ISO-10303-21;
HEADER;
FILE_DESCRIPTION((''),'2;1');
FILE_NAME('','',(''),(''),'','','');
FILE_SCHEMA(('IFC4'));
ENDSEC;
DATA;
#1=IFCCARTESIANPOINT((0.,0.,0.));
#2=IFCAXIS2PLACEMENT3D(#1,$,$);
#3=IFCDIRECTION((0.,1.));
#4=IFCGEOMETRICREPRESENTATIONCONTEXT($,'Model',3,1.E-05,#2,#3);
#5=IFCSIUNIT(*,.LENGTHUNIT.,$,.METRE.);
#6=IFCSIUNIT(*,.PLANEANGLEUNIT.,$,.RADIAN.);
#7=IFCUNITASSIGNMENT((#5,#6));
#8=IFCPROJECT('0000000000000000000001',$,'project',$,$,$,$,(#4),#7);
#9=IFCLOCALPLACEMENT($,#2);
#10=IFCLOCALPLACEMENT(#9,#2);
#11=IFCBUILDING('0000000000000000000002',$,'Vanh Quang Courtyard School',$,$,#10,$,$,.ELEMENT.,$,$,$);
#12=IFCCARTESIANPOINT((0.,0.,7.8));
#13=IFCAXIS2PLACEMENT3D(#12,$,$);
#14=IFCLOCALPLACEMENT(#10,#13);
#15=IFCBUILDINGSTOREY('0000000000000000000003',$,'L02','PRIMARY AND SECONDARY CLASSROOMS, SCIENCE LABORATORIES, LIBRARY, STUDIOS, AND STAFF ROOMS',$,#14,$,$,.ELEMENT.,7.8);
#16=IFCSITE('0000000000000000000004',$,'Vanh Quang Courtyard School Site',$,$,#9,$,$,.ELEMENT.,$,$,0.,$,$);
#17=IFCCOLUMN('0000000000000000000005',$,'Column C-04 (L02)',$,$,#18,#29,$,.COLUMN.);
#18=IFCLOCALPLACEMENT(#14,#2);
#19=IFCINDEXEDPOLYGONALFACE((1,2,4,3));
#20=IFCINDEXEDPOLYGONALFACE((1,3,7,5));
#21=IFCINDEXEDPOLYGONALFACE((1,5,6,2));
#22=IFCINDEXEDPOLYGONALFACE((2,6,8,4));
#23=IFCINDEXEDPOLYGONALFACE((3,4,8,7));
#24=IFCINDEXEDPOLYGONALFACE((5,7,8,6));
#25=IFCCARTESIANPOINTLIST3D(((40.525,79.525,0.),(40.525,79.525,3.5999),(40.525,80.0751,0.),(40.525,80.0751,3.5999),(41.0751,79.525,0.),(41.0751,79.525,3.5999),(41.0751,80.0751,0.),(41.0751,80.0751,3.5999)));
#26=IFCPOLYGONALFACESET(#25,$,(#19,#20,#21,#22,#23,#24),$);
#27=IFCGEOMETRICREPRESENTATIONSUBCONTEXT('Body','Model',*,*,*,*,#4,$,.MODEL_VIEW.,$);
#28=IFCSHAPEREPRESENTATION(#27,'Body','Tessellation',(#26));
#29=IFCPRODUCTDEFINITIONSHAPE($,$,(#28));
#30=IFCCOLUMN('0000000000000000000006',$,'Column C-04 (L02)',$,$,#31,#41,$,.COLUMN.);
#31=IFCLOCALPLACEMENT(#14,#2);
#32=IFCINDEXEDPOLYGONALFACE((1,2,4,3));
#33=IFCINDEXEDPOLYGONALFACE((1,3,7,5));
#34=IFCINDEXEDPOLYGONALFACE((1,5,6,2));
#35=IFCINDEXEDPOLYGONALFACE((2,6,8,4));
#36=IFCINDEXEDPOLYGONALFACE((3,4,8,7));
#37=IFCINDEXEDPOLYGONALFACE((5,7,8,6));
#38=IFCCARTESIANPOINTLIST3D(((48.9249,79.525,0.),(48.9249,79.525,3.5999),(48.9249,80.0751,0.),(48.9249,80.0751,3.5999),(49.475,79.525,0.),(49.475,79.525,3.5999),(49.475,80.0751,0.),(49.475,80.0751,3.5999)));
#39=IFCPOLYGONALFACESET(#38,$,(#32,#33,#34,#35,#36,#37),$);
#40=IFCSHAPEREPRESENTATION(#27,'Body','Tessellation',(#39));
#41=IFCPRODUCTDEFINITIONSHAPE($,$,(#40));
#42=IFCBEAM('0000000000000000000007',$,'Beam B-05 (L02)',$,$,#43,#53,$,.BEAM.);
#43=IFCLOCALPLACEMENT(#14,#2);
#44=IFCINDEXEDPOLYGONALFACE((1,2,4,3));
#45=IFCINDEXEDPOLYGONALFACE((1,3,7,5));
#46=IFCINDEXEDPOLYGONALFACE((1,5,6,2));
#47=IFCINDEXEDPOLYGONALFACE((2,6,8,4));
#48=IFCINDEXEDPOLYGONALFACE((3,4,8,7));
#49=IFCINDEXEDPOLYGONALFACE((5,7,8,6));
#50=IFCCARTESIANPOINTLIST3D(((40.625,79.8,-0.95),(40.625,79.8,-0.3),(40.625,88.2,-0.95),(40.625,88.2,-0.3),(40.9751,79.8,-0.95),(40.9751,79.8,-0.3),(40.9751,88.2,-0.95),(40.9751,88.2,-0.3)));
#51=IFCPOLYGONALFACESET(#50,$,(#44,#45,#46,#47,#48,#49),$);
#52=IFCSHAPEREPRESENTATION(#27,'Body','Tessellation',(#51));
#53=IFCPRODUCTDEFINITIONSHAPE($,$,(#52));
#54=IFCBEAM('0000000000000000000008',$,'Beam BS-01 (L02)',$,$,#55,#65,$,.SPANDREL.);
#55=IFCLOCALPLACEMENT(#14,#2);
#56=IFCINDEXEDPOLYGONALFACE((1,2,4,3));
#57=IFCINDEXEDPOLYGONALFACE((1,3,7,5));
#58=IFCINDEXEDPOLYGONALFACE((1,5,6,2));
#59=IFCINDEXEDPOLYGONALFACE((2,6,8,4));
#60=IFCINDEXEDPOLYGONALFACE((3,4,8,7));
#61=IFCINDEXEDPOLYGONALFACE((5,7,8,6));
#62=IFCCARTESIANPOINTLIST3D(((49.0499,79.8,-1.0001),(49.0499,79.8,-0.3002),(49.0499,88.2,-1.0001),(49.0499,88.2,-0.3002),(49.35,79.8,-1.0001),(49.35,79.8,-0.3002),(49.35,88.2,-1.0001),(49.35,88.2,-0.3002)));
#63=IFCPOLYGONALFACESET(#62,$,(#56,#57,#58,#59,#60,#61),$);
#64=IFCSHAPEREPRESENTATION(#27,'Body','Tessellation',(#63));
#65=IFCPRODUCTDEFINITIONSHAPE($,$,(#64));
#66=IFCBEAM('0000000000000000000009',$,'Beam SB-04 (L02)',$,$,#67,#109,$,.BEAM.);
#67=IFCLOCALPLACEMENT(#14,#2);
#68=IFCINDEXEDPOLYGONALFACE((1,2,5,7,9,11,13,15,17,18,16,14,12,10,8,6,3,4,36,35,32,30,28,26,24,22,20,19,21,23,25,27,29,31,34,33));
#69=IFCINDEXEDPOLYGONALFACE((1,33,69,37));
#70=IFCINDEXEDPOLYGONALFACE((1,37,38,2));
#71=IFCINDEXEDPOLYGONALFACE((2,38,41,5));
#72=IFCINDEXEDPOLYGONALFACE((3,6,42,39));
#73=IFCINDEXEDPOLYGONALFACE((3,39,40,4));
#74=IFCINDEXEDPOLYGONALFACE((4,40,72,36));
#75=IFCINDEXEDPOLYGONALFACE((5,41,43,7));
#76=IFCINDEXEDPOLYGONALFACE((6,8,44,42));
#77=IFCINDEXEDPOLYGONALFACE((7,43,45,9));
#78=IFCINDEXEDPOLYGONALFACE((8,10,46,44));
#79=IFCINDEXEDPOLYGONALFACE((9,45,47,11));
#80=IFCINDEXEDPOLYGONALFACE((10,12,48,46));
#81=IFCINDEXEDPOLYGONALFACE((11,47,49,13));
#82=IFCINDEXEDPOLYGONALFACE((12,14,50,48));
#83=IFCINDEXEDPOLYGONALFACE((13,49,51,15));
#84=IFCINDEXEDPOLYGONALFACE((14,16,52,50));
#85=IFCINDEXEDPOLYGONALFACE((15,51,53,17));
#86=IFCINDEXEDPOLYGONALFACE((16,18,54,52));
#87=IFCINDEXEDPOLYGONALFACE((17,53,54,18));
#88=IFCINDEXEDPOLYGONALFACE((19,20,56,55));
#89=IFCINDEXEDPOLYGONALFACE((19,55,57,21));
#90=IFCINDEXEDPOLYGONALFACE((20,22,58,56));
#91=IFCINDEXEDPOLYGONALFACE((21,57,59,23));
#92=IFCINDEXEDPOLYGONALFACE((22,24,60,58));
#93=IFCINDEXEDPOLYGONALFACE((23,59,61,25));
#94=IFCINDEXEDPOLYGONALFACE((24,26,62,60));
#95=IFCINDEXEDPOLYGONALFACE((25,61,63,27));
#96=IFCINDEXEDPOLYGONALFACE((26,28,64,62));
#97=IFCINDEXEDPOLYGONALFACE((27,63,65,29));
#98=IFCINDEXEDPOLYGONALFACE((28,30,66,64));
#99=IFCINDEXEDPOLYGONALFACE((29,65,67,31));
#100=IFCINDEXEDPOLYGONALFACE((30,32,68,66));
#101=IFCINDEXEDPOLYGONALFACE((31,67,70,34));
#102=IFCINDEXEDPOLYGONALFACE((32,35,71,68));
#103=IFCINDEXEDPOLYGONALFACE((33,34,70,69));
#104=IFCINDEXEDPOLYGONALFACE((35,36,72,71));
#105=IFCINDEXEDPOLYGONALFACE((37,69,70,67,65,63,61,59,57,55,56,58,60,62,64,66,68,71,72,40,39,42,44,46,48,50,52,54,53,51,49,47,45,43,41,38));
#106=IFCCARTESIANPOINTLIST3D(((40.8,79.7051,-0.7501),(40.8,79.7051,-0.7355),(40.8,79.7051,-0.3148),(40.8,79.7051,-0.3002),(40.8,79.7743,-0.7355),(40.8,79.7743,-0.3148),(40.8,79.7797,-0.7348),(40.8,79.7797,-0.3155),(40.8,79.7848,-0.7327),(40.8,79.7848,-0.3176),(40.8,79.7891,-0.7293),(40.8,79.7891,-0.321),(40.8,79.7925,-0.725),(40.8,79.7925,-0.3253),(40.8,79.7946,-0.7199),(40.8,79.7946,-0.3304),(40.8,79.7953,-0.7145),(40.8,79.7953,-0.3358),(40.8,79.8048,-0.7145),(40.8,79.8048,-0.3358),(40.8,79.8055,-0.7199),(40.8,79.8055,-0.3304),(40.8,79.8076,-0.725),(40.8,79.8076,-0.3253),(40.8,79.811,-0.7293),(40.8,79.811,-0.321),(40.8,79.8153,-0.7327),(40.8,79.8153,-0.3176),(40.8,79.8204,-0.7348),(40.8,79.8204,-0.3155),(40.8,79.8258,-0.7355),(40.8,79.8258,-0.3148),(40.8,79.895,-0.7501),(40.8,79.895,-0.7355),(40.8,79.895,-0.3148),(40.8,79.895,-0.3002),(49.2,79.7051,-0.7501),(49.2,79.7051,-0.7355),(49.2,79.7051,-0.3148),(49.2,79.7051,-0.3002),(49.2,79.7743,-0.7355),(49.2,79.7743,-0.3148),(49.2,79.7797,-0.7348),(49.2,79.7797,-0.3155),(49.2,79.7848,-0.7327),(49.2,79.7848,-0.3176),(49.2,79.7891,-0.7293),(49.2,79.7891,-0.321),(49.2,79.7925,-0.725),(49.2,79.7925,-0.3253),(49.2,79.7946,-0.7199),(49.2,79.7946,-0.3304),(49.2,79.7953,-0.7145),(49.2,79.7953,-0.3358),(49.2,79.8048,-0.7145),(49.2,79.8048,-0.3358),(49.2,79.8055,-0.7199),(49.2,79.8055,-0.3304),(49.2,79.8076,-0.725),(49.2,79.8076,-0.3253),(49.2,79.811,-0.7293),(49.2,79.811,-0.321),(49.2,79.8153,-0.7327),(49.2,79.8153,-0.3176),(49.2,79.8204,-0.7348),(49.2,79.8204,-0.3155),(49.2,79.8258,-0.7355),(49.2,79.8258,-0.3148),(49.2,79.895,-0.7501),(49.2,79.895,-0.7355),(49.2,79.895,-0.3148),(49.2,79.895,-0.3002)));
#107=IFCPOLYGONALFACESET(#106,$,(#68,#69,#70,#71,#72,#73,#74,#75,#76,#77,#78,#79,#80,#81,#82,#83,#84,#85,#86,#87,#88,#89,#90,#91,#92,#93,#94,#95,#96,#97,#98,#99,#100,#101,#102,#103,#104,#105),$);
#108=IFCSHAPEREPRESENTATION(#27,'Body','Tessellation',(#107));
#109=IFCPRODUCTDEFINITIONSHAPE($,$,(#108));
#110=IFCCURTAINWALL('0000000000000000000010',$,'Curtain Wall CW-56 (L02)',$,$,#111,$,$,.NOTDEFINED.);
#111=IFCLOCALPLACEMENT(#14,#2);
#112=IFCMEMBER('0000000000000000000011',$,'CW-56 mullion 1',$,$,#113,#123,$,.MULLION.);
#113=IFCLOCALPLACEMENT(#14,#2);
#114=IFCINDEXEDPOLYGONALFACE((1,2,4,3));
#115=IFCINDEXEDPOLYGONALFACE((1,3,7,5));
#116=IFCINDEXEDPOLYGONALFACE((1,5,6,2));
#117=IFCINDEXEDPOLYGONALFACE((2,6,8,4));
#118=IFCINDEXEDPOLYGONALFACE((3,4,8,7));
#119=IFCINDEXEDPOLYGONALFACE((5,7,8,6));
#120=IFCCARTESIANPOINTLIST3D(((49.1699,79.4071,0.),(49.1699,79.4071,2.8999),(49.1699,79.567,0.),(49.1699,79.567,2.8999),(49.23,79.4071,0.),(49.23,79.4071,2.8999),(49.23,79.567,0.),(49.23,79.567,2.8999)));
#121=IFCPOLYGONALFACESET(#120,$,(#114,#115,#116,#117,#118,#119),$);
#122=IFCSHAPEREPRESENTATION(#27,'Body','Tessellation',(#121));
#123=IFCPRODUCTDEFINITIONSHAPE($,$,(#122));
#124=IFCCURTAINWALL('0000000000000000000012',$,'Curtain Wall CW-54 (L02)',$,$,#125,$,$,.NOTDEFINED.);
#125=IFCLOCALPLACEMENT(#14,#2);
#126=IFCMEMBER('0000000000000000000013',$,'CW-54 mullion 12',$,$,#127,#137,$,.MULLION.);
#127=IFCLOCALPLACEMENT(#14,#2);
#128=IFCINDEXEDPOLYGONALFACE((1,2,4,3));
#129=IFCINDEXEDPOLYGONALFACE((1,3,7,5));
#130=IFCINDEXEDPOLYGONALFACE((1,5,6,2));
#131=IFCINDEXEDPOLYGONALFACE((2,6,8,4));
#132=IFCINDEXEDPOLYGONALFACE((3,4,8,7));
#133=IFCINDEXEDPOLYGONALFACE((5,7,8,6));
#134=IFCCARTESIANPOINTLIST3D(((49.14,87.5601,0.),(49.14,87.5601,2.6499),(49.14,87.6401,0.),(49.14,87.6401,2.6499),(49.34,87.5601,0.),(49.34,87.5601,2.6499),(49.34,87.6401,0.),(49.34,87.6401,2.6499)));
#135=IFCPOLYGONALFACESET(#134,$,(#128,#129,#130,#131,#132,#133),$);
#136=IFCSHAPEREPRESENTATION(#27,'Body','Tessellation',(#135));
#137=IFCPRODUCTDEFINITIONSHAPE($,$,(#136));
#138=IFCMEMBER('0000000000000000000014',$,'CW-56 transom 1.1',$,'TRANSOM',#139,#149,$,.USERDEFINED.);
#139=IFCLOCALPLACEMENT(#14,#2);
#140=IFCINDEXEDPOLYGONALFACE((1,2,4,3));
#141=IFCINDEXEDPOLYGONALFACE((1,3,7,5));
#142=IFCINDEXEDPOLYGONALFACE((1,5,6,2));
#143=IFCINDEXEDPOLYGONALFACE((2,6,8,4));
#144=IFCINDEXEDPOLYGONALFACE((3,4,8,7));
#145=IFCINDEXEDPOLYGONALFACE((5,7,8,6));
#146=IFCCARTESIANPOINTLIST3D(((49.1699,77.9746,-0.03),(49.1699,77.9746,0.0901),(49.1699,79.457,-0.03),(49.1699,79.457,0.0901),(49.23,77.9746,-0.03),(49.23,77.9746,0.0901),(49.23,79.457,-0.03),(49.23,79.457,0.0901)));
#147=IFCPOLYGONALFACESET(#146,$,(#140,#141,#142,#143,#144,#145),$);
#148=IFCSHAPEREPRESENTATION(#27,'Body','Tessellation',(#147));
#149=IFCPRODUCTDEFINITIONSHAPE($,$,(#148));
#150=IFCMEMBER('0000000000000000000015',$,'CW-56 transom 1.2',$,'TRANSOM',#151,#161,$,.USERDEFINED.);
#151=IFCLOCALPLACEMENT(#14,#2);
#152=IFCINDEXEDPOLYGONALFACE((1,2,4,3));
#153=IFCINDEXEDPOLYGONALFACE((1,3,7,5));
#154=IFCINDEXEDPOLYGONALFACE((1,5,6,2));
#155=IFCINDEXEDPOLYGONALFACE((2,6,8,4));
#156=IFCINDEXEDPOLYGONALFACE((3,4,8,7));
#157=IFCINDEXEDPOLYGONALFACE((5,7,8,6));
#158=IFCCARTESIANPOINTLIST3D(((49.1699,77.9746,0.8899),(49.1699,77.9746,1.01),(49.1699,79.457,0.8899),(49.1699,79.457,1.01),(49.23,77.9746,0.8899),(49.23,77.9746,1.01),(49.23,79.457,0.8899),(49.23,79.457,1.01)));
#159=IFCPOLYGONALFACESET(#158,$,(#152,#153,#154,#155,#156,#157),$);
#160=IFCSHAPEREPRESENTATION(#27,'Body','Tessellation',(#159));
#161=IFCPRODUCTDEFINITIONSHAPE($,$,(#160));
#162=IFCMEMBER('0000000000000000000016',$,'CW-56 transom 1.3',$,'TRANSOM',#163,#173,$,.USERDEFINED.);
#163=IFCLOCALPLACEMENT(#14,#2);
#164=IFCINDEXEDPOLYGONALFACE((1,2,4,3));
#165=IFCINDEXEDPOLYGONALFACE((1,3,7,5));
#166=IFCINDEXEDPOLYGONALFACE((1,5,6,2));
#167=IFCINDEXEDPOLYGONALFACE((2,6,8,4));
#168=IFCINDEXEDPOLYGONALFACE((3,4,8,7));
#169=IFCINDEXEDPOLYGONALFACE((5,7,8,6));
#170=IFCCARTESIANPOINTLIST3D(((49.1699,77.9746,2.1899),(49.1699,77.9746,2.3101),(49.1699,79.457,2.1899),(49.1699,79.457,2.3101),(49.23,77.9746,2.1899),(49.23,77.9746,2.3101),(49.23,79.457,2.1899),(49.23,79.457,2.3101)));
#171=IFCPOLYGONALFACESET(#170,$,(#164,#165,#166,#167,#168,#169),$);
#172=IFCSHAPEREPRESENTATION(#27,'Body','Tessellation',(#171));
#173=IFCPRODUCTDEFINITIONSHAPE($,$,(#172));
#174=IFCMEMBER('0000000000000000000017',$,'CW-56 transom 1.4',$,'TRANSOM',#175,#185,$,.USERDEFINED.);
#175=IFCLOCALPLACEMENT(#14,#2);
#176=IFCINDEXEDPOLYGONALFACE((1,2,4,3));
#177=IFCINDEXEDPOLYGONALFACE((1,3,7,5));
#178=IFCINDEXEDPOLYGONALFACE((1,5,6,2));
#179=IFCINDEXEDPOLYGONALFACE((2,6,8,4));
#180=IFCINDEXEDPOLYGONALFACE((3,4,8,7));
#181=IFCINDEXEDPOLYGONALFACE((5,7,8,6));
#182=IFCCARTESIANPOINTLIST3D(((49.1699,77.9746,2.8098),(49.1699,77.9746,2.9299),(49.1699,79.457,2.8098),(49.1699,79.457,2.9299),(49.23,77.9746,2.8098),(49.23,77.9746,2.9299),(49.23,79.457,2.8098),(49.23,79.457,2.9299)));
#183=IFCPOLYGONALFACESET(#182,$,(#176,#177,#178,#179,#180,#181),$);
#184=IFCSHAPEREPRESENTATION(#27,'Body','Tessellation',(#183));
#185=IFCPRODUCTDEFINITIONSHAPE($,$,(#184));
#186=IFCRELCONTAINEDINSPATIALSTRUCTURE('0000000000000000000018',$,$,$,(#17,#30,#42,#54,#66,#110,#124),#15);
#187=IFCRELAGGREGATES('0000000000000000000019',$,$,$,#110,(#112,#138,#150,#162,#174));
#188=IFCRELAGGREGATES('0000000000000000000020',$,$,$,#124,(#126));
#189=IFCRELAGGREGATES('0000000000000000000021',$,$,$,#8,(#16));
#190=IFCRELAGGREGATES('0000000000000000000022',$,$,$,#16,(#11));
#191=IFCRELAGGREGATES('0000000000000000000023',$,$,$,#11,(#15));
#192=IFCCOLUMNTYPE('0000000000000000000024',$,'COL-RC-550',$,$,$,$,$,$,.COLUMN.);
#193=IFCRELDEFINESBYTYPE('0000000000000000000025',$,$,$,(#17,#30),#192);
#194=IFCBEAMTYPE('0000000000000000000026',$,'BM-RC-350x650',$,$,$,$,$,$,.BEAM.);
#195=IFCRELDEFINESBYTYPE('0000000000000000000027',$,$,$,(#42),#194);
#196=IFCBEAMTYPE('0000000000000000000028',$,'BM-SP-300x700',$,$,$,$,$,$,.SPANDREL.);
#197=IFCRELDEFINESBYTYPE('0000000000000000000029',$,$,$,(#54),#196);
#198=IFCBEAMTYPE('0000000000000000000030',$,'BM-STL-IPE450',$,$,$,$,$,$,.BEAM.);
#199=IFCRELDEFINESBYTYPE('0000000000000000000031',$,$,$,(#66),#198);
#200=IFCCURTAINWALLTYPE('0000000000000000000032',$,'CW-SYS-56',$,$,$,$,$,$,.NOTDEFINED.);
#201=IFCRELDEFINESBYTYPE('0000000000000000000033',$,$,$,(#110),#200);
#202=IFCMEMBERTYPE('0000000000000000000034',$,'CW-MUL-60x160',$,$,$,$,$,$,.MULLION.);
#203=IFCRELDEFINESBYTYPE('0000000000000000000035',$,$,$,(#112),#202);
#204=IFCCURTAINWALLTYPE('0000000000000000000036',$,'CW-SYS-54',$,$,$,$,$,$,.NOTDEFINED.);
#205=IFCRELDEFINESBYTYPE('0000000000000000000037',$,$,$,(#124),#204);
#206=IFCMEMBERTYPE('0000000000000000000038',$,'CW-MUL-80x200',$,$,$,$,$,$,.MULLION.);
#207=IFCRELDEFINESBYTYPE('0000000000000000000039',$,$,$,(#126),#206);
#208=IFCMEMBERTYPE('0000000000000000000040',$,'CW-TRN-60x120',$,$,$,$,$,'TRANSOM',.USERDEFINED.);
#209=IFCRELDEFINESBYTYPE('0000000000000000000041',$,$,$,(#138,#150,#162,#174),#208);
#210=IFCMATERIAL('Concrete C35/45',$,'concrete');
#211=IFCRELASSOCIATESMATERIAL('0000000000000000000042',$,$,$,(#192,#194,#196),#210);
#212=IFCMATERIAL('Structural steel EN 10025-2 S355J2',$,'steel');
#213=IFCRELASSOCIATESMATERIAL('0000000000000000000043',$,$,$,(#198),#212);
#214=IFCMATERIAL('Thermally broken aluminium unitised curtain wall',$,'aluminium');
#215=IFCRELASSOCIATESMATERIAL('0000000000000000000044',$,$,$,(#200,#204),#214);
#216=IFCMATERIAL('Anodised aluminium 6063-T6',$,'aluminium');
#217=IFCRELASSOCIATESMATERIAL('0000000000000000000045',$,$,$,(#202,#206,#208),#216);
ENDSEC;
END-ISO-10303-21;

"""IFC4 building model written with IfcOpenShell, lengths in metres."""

from ifc_helpers import new_model, si_unit, direction, frame, origin, origin_2d, place, context, subcontext, project, spatial, rectangle, i_section, extrude, material, material_profile, profile_set, type_object, element, aggregate, save


model = new_model("IFC4")

# Units and contexts
model_context = context("Model", 3, precision=1e-05, world=origin(), true_north=direction((0.0, 1.0)))
body_context = subcontext(model_context, "Body", "Model", "MODEL_VIEW")
ifc_project = project(units=[si_unit("LENGTHUNIT", "METRE"), si_unit("PLANEANGLEUNIT", "RADIAN")], contexts=[model_context])

# Site, building, storey
site_placement = place(None, origin())
site = spatial("IfcSite", under=ifc_project, at=site_placement, Name="Vanh Quang Courtyard School Site", CompositionType="ELEMENT", RefElevation=0.0)
building_placement = place(site_placement, origin())
building = spatial("IfcBuilding", under=site, at=building_placement, Name="Vanh Quang Courtyard School", CompositionType="ELEMENT")
storey_placement = place(building_placement, frame((0.0, 0.0, 7.8)))
storey = spatial("IfcBuildingStorey", under=building, at=storey_placement, Name="L02", Description="PRIMARY AND SECONDARY CLASSROOMS, SCIENCE LABORATORIES, LIBRARY, STUDIOS, AND STAFF ROOMS", CompositionType="ELEMENT", Elevation=7.8)

# Columns
ifc_material_1 = material(Name="Concrete C35/45", Category="concrete")
ifc_material_profile_1 = material_profile(ifc_material_1, rectangle(XDim=0.55, YDim=0.55, at=origin_2d()), Name="RC-COL 550x550")
ifc_profile_set_1 = profile_set([ifc_material_profile_1], Name="Concrete C35/45")
column_type = type_object("IfcColumnType", Name="COL-RC-550", PredefinedType="COLUMN", material=ifc_profile_set_1)
for number, where, z_axis, x_axis, name in (
    (1, (40.8, 79.8, 0.0), (0.0, 0.0, 1.0), (1.0, 0.0, 0.0), "Column C-04 (L02)"),
    (2, (49.2, 79.8, 0.0), (0.0, 0.0, 1.0), (1.0, 0.0, 0.0), "Column C-04 (L02)"),
):
    element("IfcColumn", number, at=place(storey_placement, frame(where, z_axis=z_axis, x_axis=x_axis)), inside=storey, type_object=column_type, Name=name, PredefinedType="COLUMN", context=body_context, shape_type="SweptSolid", body=[
        extrude(rectangle(XDim=0.55, YDim=0.55, at=origin_2d()), origin(), (0.0, 0.0, 1.0), 3.5999),
    ])

# Beams
ifc_material_profile_2 = material_profile(ifc_material_1, rectangle(XDim=0.3501, YDim=0.6499, at=origin_2d()), Name="RC-BM 350x650")
ifc_profile_set_2 = profile_set([ifc_material_profile_2], Name="Concrete C35/45")
beam_type_1 = type_object("IfcBeamType", Name="BM-RC-350x650", PredefinedType="BEAM", material=ifc_profile_set_2)
beam_1_placement = place(storey_placement, frame((40.8, 79.8, -0.625), z_axis=(0.0, 1.0, 0.0), x_axis=(-1.0, 0.0, 0.0)))
element("IfcBeam", 3, at=beam_1_placement, inside=storey, type_object=beam_type_1, Name="Beam B-05 (L02)", PredefinedType="BEAM", context=body_context, shape_type="SweptSolid", body=[
    extrude(rectangle(XDim=0.3501, YDim=0.6499, at=origin_2d()), origin(), (0.0, 0.0, 1.0), 8.3999),
])
ifc_material_profile_3 = material_profile(ifc_material_1, rectangle(XDim=0.3, YDim=0.7, at=origin_2d()), Name="RC-SP 300x700")
ifc_profile_set_3 = profile_set([ifc_material_profile_3], Name="Concrete C35/45")
beam_type_2 = type_object("IfcBeamType", Name="BM-SP-300x700", PredefinedType="SPANDREL", material=ifc_profile_set_3)
beam_2_placement = place(storey_placement, frame((49.2, 79.8, -0.6501), z_axis=(0.0, 1.0, 0.0), x_axis=(-1.0, 0.0, 0.0)))
element("IfcBeam", 4, at=beam_2_placement, inside=storey, type_object=beam_type_2, Name="Beam BS-01 (L02)", PredefinedType="SPANDREL", context=body_context, shape_type="SweptSolid", body=[
    extrude(rectangle(XDim=0.3, YDim=0.7, at=origin_2d()), origin(), (0.0, 0.0, 1.0), 8.3999),
])
ifc_material_2 = material(Name="Structural steel EN 10025-2 S355J2", Category="steel")
ifc_material_profile_4 = material_profile(ifc_material_2, i_section(OverallWidth=0.1899, OverallDepth=0.45, WebThickness=0.0095, FlangeThickness=0.0146, FilletRadius=0.021, at=origin_2d()), Name="IPE 450")
ifc_profile_set_4 = profile_set([ifc_material_profile_4], Name="Structural steel EN 10025-2 S355J2")
beam_type_3 = type_object("IfcBeamType", Name="BM-STL-IPE450", PredefinedType="BEAM", material=ifc_profile_set_4)
beam_3_placement = place(storey_placement, frame((40.8, 79.8, -0.5251), z_axis=(1.0, 0.0, 0.0), x_axis=(0.0, 1.0, 0.0)))
element("IfcBeam", 5, at=beam_3_placement, inside=storey, type_object=beam_type_3, Name="Beam SB-04 (L02)", PredefinedType="BEAM", context=body_context, shape_type="SweptSolid", body=[
    extrude(i_section(OverallWidth=0.1899, OverallDepth=0.45, WebThickness=0.0095, FlangeThickness=0.0146, FilletRadius=0.021, at=origin_2d()), origin(), (0.0, 0.0, 1.0), 8.3999),
])

# Curtain walls, members
ifc_material_3 = material(Name="Thermally broken aluminium unitised curtain wall", Category="aluminium")
curtain_wall_type_1 = type_object("IfcCurtainWallType", Name="CW-SYS-56", PredefinedType="NOTDEFINED", material=ifc_material_3)
curtain_wall_1_placement = place(storey_placement, origin())
curtain_wall_1 = element("IfcCurtainWall", 6, at=curtain_wall_1_placement, inside=storey, type_object=curtain_wall_type_1, Name="Curtain Wall CW-56 (L02)", PredefinedType="NOTDEFINED")
ifc_material_4 = material(Name="Anodised aluminium 6063-T6", Category="aluminium")
ifc_material_profile_5 = material_profile(ifc_material_4, rectangle(XDim=0.0601, YDim=0.1599, at=origin_2d()), Name="ALU-MUL 60x160")
ifc_profile_set_5 = profile_set([ifc_material_profile_5], Name="Anodised aluminium 6063-T6")
member_type_1 = type_object("IfcMemberType", Name="CW-MUL-60x160", PredefinedType="MULLION", material=ifc_profile_set_5)
member_1_placement = place(storey_placement, frame((49.2, 79.4871, 0.0), z_axis=(0.0, 0.0, 1.0), x_axis=(1.0, 0.0, 0.0)))
member_1 = element("IfcMember", 7, at=member_1_placement, type_object=member_type_1, Name="CW-56 mullion 1", PredefinedType="MULLION", context=body_context, shape_type="SweptSolid", body=[
    extrude(rectangle(XDim=0.0601, YDim=0.1599, at=origin_2d()), origin(), (0.0, 0.0, 1.0), 2.8999),
])
curtain_wall_type_2 = type_object("IfcCurtainWallType", Name="CW-SYS-54", PredefinedType="NOTDEFINED", material=ifc_material_3)
curtain_wall_2_placement = place(storey_placement, origin())
curtain_wall_2 = element("IfcCurtainWall", 8, at=curtain_wall_2_placement, inside=storey, type_object=curtain_wall_type_2, Name="Curtain Wall CW-54 (L02)", PredefinedType="NOTDEFINED")
ifc_material_profile_6 = material_profile(ifc_material_4, rectangle(XDim=0.0801, YDim=0.2, at=origin_2d()), Name="ALU-MUL 80x200")
ifc_profile_set_6 = profile_set([ifc_material_profile_6], Name="Anodised aluminium 6063-T6")
member_type_2 = type_object("IfcMemberType", Name="CW-MUL-80x200", PredefinedType="MULLION", material=ifc_profile_set_6)
member_2_placement = place(storey_placement, frame((49.24, 87.6001, 0.0), z_axis=(0.0, 0.0, 1.0), x_axis=(0.0, -1.0, 0.0)))
member_2 = element("IfcMember", 9, at=member_2_placement, type_object=member_type_2, Name="CW-54 mullion 12", PredefinedType="MULLION", context=body_context, shape_type="SweptSolid", body=[
    extrude(rectangle(XDim=0.0801, YDim=0.2, at=origin_2d()), origin(), (0.0, 0.0, 1.0), 2.6499),
])

# Members
ifc_material_profile_7 = material_profile(ifc_material_4, rectangle(XDim=0.0601, YDim=0.1201, at=origin_2d()), Name="ALU-TRN 60x120")
ifc_profile_set_7 = profile_set([ifc_material_profile_7], Name="Anodised aluminium 6063-T6")
member_type_3 = type_object("IfcMemberType", Name="CW-TRN-60x120", ElementType="TRANSOM", PredefinedType="USERDEFINED", material=ifc_profile_set_7)
member_3_placement = place(storey_placement, frame((49.2, 79.457, 0.03), z_axis=(0.0, -1.0, 0.0), x_axis=(1.0, 0.0, 0.0)))
member_3 = element("IfcMember", 10, at=member_3_placement, type_object=member_type_3, Name="CW-56 transom 1.1", ObjectType="TRANSOM", PredefinedType="USERDEFINED", context=body_context, shape_type="SweptSolid", body=[
    extrude(rectangle(XDim=0.0601, YDim=0.1201, at=origin_2d()), origin(), (0.0, 0.0, 1.0), 1.4824),
])
member_4_placement = place(storey_placement, frame((49.2, 79.457, 0.95), z_axis=(0.0, -1.0, 0.0), x_axis=(1.0, 0.0, 0.0)))
member_4 = element("IfcMember", 11, at=member_4_placement, type_object=member_type_3, Name="CW-56 transom 1.2", ObjectType="TRANSOM", PredefinedType="USERDEFINED", context=body_context, shape_type="SweptSolid", body=[
    extrude(rectangle(XDim=0.0601, YDim=0.1201, at=origin_2d()), origin(), (0.0, 0.0, 1.0), 1.4824),
])
member_5_placement = place(storey_placement, frame((49.2, 79.457, 2.25), z_axis=(0.0, -1.0, 0.0), x_axis=(1.0, 0.0, 0.0)))
member_5 = element("IfcMember", 12, at=member_5_placement, type_object=member_type_3, Name="CW-56 transom 1.3", ObjectType="TRANSOM", PredefinedType="USERDEFINED", context=body_context, shape_type="SweptSolid", body=[
    extrude(rectangle(XDim=0.0601, YDim=0.1201, at=origin_2d()), origin(), (0.0, 0.0, 1.0), 1.4824),
])
member_6_placement = place(storey_placement, frame((49.2, 79.457, 2.8699), z_axis=(0.0, -1.0, 0.0), x_axis=(1.0, 0.0, 0.0)))
member_6 = element("IfcMember", 13, at=member_6_placement, type_object=member_type_3, Name="CW-56 transom 1.4", ObjectType="TRANSOM", PredefinedType="USERDEFINED", context=body_context, shape_type="SweptSolid", body=[
    extrude(rectangle(XDim=0.0601, YDim=0.1201, at=origin_2d()), origin(), (0.0, 0.0, 1.0), 1.4824),
])

aggregate(curtain_wall_1, [member_1, member_3, member_4, member_5, member_6])
aggregate(curtain_wall_2, [member_2])

save(model, "model.ifc")
